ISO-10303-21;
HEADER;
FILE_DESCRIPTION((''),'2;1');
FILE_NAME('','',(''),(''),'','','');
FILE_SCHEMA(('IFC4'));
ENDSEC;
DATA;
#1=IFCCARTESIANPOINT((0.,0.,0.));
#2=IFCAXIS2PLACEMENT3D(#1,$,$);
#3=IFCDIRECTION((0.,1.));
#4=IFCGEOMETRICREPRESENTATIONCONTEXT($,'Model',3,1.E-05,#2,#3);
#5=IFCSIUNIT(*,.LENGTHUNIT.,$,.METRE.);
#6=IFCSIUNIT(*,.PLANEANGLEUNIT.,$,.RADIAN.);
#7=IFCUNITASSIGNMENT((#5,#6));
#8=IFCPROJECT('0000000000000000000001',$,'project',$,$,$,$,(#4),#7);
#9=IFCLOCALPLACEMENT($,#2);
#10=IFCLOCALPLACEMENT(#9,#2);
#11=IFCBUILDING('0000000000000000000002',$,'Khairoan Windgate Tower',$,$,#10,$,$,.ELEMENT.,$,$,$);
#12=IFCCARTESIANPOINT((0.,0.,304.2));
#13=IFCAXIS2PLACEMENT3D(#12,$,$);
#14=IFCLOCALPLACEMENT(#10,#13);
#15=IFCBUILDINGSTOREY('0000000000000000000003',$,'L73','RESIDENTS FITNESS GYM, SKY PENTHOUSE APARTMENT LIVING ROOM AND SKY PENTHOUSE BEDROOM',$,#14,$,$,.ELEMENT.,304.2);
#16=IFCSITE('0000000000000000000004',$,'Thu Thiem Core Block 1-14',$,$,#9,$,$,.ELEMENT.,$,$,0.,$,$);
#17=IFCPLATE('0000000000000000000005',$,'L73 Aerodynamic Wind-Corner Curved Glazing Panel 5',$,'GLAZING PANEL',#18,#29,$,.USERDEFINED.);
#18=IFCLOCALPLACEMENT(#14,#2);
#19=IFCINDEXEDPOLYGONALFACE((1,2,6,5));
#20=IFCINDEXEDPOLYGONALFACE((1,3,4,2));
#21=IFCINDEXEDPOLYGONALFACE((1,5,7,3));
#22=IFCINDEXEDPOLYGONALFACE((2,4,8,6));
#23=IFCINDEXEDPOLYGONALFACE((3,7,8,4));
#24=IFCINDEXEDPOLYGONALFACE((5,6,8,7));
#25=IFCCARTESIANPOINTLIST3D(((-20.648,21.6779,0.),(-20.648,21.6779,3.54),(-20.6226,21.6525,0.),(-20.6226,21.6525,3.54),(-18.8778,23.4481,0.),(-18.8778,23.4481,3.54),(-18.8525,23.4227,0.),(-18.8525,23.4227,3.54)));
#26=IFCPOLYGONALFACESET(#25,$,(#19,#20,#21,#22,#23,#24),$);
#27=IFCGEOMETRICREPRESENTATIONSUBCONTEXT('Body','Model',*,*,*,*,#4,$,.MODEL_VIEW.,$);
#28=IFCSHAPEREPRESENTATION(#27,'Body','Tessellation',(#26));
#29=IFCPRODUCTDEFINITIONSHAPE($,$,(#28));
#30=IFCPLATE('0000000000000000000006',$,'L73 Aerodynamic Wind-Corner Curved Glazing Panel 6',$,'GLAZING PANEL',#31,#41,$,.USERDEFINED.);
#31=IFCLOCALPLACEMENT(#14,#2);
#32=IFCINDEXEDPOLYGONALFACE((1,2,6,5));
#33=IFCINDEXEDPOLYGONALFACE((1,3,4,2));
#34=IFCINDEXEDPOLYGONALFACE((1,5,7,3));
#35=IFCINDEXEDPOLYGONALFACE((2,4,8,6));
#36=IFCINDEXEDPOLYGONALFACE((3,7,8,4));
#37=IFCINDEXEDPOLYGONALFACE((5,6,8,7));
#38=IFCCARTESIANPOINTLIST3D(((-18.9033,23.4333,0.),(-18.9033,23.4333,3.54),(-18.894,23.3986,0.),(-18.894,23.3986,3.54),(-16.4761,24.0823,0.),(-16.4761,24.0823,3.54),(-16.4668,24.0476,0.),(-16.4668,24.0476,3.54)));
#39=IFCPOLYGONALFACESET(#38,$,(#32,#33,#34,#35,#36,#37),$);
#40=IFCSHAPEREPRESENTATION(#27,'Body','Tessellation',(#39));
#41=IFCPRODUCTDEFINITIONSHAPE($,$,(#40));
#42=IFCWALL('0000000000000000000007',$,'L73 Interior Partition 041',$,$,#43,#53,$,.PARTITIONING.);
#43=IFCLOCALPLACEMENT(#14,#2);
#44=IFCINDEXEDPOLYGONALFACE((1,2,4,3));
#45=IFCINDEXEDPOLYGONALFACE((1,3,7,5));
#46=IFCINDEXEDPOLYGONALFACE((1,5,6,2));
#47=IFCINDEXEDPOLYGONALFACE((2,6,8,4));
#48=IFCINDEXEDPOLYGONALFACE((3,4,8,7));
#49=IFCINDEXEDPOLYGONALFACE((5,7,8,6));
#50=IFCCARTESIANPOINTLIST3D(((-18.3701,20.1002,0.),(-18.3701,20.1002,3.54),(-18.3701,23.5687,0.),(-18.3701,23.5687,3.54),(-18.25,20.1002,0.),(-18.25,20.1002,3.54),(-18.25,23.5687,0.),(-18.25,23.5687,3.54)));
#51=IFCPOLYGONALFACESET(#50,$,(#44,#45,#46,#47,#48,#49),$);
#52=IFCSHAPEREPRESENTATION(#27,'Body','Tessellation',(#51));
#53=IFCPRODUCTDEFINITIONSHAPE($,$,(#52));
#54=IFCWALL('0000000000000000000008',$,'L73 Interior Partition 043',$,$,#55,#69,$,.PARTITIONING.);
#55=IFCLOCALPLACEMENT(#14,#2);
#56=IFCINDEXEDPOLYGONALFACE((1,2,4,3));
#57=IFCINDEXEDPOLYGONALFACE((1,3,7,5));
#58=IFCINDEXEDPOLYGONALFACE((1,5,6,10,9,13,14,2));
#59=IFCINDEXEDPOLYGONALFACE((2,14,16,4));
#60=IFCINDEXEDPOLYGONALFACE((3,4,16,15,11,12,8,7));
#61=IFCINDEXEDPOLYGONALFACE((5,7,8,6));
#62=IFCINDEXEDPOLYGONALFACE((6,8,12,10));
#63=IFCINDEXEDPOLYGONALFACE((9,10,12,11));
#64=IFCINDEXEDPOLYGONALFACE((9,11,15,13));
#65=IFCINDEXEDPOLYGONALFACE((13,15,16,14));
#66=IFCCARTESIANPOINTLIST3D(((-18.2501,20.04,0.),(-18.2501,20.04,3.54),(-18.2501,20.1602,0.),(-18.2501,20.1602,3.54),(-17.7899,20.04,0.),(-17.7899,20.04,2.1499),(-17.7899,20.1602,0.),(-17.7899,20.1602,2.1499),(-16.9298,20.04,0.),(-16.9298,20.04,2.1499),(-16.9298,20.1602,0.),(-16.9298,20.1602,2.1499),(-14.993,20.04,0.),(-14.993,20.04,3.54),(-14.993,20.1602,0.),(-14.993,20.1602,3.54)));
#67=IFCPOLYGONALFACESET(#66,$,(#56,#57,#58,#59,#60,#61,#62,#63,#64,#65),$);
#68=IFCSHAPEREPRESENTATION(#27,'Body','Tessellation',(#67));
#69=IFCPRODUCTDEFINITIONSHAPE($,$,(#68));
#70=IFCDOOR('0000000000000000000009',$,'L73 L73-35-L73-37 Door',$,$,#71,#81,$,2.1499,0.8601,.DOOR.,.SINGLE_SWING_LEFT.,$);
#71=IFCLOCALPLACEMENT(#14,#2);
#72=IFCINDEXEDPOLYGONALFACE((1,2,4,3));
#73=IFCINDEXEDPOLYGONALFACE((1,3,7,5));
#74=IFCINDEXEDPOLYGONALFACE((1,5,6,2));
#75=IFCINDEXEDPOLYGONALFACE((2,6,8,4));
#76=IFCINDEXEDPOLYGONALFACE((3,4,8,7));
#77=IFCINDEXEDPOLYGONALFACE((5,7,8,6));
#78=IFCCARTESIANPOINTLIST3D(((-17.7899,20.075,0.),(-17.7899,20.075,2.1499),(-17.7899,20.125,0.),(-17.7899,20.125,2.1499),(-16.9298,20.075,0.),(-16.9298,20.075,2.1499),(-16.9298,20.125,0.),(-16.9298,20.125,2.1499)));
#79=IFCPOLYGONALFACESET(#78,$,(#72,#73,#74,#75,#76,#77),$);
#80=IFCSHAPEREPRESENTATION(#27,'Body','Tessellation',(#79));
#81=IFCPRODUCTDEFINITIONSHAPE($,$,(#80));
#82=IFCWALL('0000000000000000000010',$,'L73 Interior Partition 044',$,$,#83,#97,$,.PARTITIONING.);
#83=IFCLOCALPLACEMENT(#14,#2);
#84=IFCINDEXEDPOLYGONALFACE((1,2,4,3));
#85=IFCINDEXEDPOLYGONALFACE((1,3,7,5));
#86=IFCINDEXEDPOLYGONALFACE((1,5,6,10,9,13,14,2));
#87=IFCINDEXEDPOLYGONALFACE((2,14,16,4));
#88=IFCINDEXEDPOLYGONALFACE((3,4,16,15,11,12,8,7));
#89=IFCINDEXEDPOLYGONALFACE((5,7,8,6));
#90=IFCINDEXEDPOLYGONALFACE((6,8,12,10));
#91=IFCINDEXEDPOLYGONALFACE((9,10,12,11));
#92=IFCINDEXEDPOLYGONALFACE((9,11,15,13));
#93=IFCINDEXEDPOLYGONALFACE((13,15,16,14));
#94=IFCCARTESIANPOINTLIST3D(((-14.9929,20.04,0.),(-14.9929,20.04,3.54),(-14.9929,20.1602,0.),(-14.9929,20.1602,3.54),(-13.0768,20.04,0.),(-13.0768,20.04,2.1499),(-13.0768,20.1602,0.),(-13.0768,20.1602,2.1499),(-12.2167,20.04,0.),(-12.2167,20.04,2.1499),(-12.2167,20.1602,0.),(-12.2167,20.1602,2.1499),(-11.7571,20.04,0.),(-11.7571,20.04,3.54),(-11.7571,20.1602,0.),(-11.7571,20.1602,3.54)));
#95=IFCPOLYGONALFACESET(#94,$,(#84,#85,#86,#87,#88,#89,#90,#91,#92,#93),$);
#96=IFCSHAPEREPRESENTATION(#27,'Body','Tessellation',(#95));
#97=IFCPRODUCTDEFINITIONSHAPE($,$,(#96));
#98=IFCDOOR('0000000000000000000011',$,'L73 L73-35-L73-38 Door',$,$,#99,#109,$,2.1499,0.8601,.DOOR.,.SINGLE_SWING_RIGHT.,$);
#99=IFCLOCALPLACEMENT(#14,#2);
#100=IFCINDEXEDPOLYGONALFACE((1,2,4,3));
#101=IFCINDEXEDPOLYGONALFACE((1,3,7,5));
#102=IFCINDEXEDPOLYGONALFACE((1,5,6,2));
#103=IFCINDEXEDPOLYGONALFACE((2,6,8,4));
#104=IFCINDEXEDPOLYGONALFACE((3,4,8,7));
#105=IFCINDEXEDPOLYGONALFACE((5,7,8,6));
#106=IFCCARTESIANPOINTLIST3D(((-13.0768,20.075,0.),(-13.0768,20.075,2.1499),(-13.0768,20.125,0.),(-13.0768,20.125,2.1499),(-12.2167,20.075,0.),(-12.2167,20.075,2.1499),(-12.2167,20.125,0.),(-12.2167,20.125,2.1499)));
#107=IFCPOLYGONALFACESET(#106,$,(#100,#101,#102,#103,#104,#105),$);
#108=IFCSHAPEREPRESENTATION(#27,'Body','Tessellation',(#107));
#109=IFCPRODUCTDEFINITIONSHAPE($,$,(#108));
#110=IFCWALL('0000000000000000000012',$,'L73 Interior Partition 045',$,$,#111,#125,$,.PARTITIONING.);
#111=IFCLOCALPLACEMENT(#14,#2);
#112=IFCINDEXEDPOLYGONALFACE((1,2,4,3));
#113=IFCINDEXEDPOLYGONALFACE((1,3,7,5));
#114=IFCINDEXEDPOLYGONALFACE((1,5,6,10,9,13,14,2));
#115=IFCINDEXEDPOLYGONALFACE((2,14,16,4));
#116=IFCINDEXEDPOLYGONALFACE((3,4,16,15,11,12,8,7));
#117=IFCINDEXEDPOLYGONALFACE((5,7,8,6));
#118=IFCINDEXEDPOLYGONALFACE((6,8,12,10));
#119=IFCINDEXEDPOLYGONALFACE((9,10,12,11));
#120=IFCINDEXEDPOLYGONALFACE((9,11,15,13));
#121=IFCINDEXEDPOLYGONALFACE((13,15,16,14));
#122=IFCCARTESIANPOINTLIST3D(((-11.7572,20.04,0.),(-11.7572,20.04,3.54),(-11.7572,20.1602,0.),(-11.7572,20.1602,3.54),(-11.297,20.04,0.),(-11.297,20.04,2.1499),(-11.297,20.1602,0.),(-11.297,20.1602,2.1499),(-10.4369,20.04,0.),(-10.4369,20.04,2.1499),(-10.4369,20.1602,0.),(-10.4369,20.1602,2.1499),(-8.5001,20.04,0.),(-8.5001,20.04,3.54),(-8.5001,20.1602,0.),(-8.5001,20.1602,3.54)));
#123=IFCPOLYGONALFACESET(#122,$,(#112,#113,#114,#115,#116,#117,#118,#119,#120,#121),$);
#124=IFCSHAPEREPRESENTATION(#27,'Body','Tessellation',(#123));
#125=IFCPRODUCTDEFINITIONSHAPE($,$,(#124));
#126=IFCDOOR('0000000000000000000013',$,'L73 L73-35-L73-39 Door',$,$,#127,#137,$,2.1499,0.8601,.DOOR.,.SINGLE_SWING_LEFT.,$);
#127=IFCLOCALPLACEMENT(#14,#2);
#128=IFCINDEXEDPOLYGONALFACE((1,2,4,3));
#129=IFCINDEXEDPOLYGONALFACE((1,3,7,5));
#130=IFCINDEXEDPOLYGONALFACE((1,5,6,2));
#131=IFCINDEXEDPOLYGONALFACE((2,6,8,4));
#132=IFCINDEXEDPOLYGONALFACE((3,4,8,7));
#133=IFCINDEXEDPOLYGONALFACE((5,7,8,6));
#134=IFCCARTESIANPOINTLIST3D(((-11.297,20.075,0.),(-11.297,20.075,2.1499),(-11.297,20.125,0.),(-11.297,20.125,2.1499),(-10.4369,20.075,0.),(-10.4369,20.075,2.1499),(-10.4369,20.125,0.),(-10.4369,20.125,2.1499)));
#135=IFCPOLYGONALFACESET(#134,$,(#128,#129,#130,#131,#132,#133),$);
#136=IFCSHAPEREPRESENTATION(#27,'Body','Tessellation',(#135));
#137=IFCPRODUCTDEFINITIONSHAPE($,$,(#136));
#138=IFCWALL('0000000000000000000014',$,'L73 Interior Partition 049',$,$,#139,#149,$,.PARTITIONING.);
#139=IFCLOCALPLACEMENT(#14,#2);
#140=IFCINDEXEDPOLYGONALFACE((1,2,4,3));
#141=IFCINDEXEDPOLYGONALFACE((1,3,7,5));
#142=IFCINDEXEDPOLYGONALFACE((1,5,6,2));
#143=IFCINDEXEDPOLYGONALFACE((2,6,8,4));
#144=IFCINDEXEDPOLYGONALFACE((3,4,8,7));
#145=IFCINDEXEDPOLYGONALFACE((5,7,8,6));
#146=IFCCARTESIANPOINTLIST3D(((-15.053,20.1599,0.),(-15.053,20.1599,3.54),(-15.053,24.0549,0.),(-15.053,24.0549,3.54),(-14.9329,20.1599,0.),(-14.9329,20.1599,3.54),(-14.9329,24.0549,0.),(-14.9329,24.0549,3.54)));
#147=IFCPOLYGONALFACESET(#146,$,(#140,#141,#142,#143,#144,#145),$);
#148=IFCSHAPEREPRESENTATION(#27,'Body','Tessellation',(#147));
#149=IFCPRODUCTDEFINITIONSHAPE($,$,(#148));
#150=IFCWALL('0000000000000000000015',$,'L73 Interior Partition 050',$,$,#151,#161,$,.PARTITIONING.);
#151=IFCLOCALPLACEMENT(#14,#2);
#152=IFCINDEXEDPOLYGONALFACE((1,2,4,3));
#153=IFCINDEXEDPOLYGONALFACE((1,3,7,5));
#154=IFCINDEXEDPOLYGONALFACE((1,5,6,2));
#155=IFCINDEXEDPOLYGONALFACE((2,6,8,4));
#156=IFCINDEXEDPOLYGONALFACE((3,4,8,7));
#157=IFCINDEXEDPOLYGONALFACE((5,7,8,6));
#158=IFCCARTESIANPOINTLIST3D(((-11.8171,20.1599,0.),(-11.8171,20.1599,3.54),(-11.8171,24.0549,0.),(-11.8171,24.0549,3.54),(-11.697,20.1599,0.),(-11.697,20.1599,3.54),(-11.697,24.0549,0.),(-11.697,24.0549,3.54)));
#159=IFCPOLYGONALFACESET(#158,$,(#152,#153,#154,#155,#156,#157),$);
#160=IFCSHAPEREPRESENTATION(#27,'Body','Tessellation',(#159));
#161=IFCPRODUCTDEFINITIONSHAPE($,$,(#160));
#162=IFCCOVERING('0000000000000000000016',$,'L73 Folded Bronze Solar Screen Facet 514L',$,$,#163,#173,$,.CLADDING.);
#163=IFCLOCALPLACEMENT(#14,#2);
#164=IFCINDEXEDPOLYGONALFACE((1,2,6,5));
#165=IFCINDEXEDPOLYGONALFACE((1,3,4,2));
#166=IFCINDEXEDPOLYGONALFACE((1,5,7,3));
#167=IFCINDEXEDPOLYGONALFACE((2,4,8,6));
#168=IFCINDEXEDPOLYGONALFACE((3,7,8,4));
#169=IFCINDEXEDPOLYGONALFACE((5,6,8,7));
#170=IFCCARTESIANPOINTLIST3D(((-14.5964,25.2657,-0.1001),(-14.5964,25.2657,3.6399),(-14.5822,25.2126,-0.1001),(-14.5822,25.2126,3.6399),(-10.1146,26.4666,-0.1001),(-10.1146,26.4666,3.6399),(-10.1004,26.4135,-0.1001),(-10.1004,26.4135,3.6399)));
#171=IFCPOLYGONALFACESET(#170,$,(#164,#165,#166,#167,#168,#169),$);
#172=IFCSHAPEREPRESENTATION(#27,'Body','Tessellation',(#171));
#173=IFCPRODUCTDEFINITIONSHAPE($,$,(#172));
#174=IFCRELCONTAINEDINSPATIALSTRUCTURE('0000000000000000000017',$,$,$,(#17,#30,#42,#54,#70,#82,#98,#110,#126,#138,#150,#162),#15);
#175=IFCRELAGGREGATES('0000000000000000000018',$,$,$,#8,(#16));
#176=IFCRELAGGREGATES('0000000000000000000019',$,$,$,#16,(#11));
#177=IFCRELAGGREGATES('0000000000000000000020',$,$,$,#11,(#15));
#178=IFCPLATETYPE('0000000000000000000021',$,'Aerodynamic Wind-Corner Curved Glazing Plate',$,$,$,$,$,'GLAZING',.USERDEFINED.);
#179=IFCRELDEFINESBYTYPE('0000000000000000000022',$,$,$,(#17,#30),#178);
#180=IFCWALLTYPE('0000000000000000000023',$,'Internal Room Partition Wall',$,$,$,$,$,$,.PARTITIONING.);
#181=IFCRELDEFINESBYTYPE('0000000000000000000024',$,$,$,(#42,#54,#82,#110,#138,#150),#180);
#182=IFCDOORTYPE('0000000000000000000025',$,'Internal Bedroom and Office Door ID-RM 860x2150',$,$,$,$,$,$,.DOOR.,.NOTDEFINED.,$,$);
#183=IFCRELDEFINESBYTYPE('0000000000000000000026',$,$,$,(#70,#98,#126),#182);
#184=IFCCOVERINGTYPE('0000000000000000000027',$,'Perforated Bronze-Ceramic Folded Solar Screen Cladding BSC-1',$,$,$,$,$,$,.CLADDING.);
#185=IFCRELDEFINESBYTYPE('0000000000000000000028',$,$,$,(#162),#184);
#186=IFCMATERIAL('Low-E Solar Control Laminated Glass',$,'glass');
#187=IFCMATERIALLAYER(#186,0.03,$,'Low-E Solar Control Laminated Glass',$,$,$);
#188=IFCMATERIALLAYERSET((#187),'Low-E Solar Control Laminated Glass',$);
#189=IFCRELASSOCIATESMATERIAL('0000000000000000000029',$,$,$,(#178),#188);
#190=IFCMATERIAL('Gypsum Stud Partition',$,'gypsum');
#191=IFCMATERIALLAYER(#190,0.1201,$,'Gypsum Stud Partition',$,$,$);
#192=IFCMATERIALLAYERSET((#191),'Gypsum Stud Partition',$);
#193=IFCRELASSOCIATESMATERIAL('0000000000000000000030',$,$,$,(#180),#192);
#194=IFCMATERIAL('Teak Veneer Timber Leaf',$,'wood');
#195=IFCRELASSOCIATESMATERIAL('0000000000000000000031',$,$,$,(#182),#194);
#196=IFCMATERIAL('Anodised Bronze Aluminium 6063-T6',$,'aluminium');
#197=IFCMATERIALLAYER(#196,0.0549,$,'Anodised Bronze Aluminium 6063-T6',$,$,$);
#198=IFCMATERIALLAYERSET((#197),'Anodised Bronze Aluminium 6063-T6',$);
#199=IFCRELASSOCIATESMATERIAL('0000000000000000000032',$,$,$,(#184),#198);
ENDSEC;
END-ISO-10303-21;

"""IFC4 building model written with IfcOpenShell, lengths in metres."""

from ifc_helpers import new_model, si_unit, direction, frame, frame_2d, origin, origin_2d, place, context, subcontext, project, spatial, rectangle, extrude, material, layer, layer_set, type_object, element, fill, save


model = new_model("IFC4")

# Units and contexts
model_context = context("Model", 3, precision=1e-05, world=origin(), true_north=direction((0.0, 1.0)))
body_context = subcontext(model_context, "Body", "Model", "MODEL_VIEW")
ifc_project = project(units=[si_unit("LENGTHUNIT", "METRE"), si_unit("PLANEANGLEUNIT", "RADIAN")], contexts=[model_context])

# Site, building, storey
site_placement = place(None, origin())
site = spatial("IfcSite", under=ifc_project, at=site_placement, Name="Thu Thiem Core Block 1-14", CompositionType="ELEMENT", RefElevation=0.0)
building_placement = place(site_placement, origin())
building = spatial("IfcBuilding", under=site, at=building_placement, Name="Khairoan Windgate Tower", CompositionType="ELEMENT")
storey_placement = place(building_placement, frame((0.0, 0.0, 304.2)))
storey = spatial("IfcBuildingStorey", under=building, at=storey_placement, Name="L73", Description="RESIDENTS FITNESS GYM, SKY PENTHOUSE APARTMENT LIVING ROOM AND SKY PENTHOUSE BEDROOM", CompositionType="ELEMENT", Elevation=304.2)

# Plates
ifc_material_1 = material(Name="Low-E Solar Control Laminated Glass", Category="glass")
ifc_layer_1 = layer(ifc_material_1, 0.03, Name="Low-E Solar Control Laminated Glass")
ifc_layer_set_1 = layer_set([ifc_layer_1], Name="Low-E Solar Control Laminated Glass")
plate_type_1 = type_object("IfcPlateType", Name="Aerodynamic Wind-Corner Curved Glazing Plate", ElementType="GLAZING", PredefinedType="USERDEFINED", material=ifc_layer_set_1)
plate_1_placement = place(storey_placement, frame((-19.7502, 22.5503, 0.0), z_axis=(0.0, 0.0, 1.0), x_axis=(0.707107, 0.707107, 0.0)))
element("IfcPlate", 1, at=plate_1_placement, inside=storey, type_object=plate_type_1, Name="L73 Aerodynamic Wind-Corner Curved Glazing Panel 5", ObjectType="GLAZING PANEL", PredefinedType="USERDEFINED", context=body_context, shape_type="SweptSolid", body=[
    extrude(rectangle(XDim=2.5034, YDim=0.0359, at=origin_2d()), origin(), (0.0, 0.0, 1.0), 3.54),
])
plate_2_placement = place(storey_placement, frame((-17.6851, 23.7405, 0.0), z_axis=(0.0, 0.0, 1.0), x_axis=(0.966061, 0.258313, 0.0)))
element("IfcPlate", 2, at=plate_2_placement, inside=storey, type_object=plate_type_1, Name="L73 Aerodynamic Wind-Corner Curved Glazing Panel 6", ObjectType="GLAZING PANEL", PredefinedType="USERDEFINED", context=body_context, shape_type="SweptSolid", body=[
    extrude(rectangle(XDim=2.5125, YDim=0.0359, at=origin_2d()), origin(), (0.0, 0.0, 1.0), 3.54),
])

# Wall
ifc_material_2 = material(Name="Gypsum Stud Partition", Category="gypsum")
ifc_layer_2 = layer(ifc_material_2, 0.1201, Name="Gypsum Stud Partition")
ifc_layer_set_2 = layer_set([ifc_layer_2], Name="Gypsum Stud Partition")
wall_type = type_object("IfcWallType", Name="Internal Room Partition Wall", PredefinedType="PARTITIONING", material=ifc_layer_set_2)
wall_1_placement = place(storey_placement, frame((-18.3101, 20.1001, 0.0), z_axis=(0.0, 0.0, 1.0), x_axis=(0.0, 1.0, 0.0)))
element("IfcWall", 3, at=wall_1_placement, inside=storey, type_object=wall_type, Name="L73 Interior Partition 041", PredefinedType="PARTITIONING", context=body_context, shape_type="SweptSolid", body=[
    extrude(rectangle(XDim=3.4685, YDim=0.1201, at=frame_2d((1.7344, 0.0))), origin(), (0.0, 0.0, 1.0), 3.54),
])

# Walls, openings, doors
wall_2_placement = place(storey_placement, frame((-18.25, 20.1001, 0.0), z_axis=(0.0, 0.0, 1.0), x_axis=(1.0, 0.0, 0.0)))
wall_2 = element("IfcWall", 4, at=wall_2_placement, inside=storey, type_object=wall_type, Name="L73 Interior Partition 043", PredefinedType="PARTITIONING", context=body_context, shape_type="SweptSolid", body=[
    extrude(rectangle(XDim=3.2571, YDim=0.1201, at=frame_2d((1.6284, 0.0))), origin(), (0.0, 0.0, 1.0), 3.54),
])
opening_1_placement = place(wall_2_placement, frame((0.46, 0.0, 0.0)))
opening_1 = element("IfcOpeningElement", 5, at=opening_1_placement, cuts=wall_2, PredefinedType="OPENING", context=body_context, shape_type="SweptSolid", body=[
    extrude(rectangle(XDim=0.8601, YDim=2.1499, at=frame_2d((0.4302, 1.075))), frame((0.0, 0.0701, 0.0), z_axis=(0.0, -1.0, 0.0), x_axis=(1.0, 0.0, 0.0)), (0.0, 0.0, 1.0), 0.1401),
])
ifc_material_3 = material(Name="Teak Veneer Timber Leaf", Category="wood")
door_type = type_object("IfcDoorType", Name="Internal Bedroom and Office Door ID-RM 860x2150", OperationType="NOTDEFINED", PredefinedType="DOOR", material=ifc_material_3)
door_1_placement = place(opening_1_placement, origin())
door_1 = element("IfcDoor", 6, at=door_1_placement, inside=storey, type_object=door_type, Name="L73 L73-35-L73-37 Door", OperationType="SINGLE_SWING_LEFT", OverallHeight=2.1499, OverallWidth=0.8601, PredefinedType="DOOR", context=body_context, shape_type="SweptSolid", body=[
    extrude(rectangle(XDim=0.8601, YDim=2.1499, at=frame_2d((0.4302, 1.075))), frame((0.0, 0.0249, 0.0), z_axis=(0.0, -1.0, 0.0), x_axis=(1.0, 0.0, 0.0)), (0.0, 0.0, 1.0), 0.05),
])
fill(opening_1, door_1)
wall_3_placement = place(storey_placement, frame((-14.9929, 20.1001, 0.0), z_axis=(0.0, 0.0, 1.0), x_axis=(1.0, 0.0, 0.0)))
wall_3 = element("IfcWall", 7, at=wall_3_placement, inside=storey, type_object=wall_type, Name="L73 Interior Partition 044", PredefinedType="PARTITIONING", context=body_context, shape_type="SweptSolid", body=[
    extrude(rectangle(XDim=3.2358, YDim=0.1201, at=frame_2d((1.6179, 0.0))), origin(), (0.0, 0.0, 1.0), 3.54),
])
opening_2_placement = place(wall_3_placement, frame((1.916, 0.0, 0.0)))
opening_2 = element("IfcOpeningElement", 8, at=opening_2_placement, cuts=wall_3, PredefinedType="OPENING", context=body_context, shape_type="SweptSolid", body=[
    extrude(rectangle(XDim=0.8601, YDim=2.1499, at=frame_2d((0.4302, 1.075))), frame((0.0, 0.0701, 0.0), z_axis=(0.0, -1.0, 0.0), x_axis=(1.0, 0.0, 0.0)), (0.0, 0.0, 1.0), 0.1401),
])
door_2_placement = place(opening_2_placement, origin())
door_2 = element("IfcDoor", 9, at=door_2_placement, inside=storey, type_object=door_type, Name="L73 L73-35-L73-38 Door", OperationType="SINGLE_SWING_RIGHT", OverallHeight=2.1499, OverallWidth=0.8601, PredefinedType="DOOR", context=body_context, shape_type="SweptSolid", body=[
    extrude(rectangle(XDim=0.8601, YDim=2.1499, at=frame_2d((0.4302, 1.075))), frame((0.0, 0.0249, 0.0), z_axis=(0.0, -1.0, 0.0), x_axis=(1.0, 0.0, 0.0)), (0.0, 0.0, 1.0), 0.05),
])
fill(opening_2, door_2)
wall_4_placement = place(storey_placement, frame((-11.7571, 20.1001, 0.0), z_axis=(0.0, 0.0, 1.0), x_axis=(1.0, 0.0, 0.0)))
wall_4 = element("IfcWall", 10, at=wall_4_placement, inside=storey, type_object=wall_type, Name="L73 Interior Partition 045", PredefinedType="PARTITIONING", context=body_context, shape_type="SweptSolid", body=[
    extrude(rectangle(XDim=3.2571, YDim=0.1201, at=frame_2d((1.6284, 0.0))), origin(), (0.0, 0.0, 1.0), 3.54),
])
opening_3_placement = place(wall_4_placement, frame((0.46, 0.0, 0.0)))
opening_3 = element("IfcOpeningElement", 11, at=opening_3_placement, cuts=wall_4, PredefinedType="OPENING", context=body_context, shape_type="SweptSolid", body=[
    extrude(rectangle(XDim=0.8601, YDim=2.1499, at=frame_2d((0.4302, 1.075))), frame((0.0, 0.0701, 0.0), z_axis=(0.0, -1.0, 0.0), x_axis=(1.0, 0.0, 0.0)), (0.0, 0.0, 1.0), 0.1401),
])
door_3_placement = place(opening_3_placement, origin())
door_3 = element("IfcDoor", 12, at=door_3_placement, inside=storey, type_object=door_type, Name="L73 L73-35-L73-39 Door", OperationType="SINGLE_SWING_LEFT", OverallHeight=2.1499, OverallWidth=0.8601, PredefinedType="DOOR", context=body_context, shape_type="SweptSolid", body=[
    extrude(rectangle(XDim=0.8601, YDim=2.1499, at=frame_2d((0.4302, 1.075))), frame((0.0, 0.0249, 0.0), z_axis=(0.0, -1.0, 0.0), x_axis=(1.0, 0.0, 0.0)), (0.0, 0.0, 1.0), 0.05),
])
fill(opening_3, door_3)

# Walls
for number, where, z_axis, x_axis, name in (
    (13, (-14.9929, 20.1599, 0.0), (0.0, 0.0, 1.0), (0.0, 1.0, 0.0), "L73 Interior Partition 049"),
    (14, (-11.7571, 20.1599, 0.0), (0.0, 0.0, 1.0), (0.0, 1.0, 0.0), "L73 Interior Partition 050"),
):
    element("IfcWall", number, at=place(storey_placement, frame(where, z_axis=z_axis, x_axis=x_axis)), inside=storey, type_object=wall_type, Name=name, PredefinedType="PARTITIONING", context=body_context, shape_type="SweptSolid", body=[
        extrude(rectangle(XDim=3.895, YDim=0.1201, at=frame_2d((1.9475, 0.0))), origin(), (0.0, 0.0, 1.0), 3.54),
    ])

# Covering
ifc_material_4 = material(Name="Anodised Bronze Aluminium 6063-T6", Category="aluminium")
ifc_layer_3 = layer(ifc_material_4, 0.0549, Name="Anodised Bronze Aluminium 6063-T6")
ifc_layer_set_3 = layer_set([ifc_layer_3], Name="Anodised Bronze Aluminium 6063-T6")
covering_type = type_object("IfcCoveringType", Name="Perforated Bronze-Ceramic Folded Solar Screen Cladding BSC-1", PredefinedType="CLADDING", material=ifc_layer_set_3)
covering_placement = place(storey_placement, frame((-12.3484, 25.8396, -0.1001), z_axis=(0.0, 0.0, 1.0), x_axis=(0.965926, 0.258819, 0.0)))
element("IfcCovering", 15, at=covering_placement, inside=storey, type_object=covering_type, Name="L73 Folded Bronze Solar Screen Facet 514L", PredefinedType="CLADDING", context=body_context, shape_type="SweptSolid", body=[
    extrude(rectangle(XDim=4.6399, YDim=0.0549, at=origin_2d()), origin(), (0.0, 0.0, 1.0), 3.74),
])

save(model, "model.ifc")
